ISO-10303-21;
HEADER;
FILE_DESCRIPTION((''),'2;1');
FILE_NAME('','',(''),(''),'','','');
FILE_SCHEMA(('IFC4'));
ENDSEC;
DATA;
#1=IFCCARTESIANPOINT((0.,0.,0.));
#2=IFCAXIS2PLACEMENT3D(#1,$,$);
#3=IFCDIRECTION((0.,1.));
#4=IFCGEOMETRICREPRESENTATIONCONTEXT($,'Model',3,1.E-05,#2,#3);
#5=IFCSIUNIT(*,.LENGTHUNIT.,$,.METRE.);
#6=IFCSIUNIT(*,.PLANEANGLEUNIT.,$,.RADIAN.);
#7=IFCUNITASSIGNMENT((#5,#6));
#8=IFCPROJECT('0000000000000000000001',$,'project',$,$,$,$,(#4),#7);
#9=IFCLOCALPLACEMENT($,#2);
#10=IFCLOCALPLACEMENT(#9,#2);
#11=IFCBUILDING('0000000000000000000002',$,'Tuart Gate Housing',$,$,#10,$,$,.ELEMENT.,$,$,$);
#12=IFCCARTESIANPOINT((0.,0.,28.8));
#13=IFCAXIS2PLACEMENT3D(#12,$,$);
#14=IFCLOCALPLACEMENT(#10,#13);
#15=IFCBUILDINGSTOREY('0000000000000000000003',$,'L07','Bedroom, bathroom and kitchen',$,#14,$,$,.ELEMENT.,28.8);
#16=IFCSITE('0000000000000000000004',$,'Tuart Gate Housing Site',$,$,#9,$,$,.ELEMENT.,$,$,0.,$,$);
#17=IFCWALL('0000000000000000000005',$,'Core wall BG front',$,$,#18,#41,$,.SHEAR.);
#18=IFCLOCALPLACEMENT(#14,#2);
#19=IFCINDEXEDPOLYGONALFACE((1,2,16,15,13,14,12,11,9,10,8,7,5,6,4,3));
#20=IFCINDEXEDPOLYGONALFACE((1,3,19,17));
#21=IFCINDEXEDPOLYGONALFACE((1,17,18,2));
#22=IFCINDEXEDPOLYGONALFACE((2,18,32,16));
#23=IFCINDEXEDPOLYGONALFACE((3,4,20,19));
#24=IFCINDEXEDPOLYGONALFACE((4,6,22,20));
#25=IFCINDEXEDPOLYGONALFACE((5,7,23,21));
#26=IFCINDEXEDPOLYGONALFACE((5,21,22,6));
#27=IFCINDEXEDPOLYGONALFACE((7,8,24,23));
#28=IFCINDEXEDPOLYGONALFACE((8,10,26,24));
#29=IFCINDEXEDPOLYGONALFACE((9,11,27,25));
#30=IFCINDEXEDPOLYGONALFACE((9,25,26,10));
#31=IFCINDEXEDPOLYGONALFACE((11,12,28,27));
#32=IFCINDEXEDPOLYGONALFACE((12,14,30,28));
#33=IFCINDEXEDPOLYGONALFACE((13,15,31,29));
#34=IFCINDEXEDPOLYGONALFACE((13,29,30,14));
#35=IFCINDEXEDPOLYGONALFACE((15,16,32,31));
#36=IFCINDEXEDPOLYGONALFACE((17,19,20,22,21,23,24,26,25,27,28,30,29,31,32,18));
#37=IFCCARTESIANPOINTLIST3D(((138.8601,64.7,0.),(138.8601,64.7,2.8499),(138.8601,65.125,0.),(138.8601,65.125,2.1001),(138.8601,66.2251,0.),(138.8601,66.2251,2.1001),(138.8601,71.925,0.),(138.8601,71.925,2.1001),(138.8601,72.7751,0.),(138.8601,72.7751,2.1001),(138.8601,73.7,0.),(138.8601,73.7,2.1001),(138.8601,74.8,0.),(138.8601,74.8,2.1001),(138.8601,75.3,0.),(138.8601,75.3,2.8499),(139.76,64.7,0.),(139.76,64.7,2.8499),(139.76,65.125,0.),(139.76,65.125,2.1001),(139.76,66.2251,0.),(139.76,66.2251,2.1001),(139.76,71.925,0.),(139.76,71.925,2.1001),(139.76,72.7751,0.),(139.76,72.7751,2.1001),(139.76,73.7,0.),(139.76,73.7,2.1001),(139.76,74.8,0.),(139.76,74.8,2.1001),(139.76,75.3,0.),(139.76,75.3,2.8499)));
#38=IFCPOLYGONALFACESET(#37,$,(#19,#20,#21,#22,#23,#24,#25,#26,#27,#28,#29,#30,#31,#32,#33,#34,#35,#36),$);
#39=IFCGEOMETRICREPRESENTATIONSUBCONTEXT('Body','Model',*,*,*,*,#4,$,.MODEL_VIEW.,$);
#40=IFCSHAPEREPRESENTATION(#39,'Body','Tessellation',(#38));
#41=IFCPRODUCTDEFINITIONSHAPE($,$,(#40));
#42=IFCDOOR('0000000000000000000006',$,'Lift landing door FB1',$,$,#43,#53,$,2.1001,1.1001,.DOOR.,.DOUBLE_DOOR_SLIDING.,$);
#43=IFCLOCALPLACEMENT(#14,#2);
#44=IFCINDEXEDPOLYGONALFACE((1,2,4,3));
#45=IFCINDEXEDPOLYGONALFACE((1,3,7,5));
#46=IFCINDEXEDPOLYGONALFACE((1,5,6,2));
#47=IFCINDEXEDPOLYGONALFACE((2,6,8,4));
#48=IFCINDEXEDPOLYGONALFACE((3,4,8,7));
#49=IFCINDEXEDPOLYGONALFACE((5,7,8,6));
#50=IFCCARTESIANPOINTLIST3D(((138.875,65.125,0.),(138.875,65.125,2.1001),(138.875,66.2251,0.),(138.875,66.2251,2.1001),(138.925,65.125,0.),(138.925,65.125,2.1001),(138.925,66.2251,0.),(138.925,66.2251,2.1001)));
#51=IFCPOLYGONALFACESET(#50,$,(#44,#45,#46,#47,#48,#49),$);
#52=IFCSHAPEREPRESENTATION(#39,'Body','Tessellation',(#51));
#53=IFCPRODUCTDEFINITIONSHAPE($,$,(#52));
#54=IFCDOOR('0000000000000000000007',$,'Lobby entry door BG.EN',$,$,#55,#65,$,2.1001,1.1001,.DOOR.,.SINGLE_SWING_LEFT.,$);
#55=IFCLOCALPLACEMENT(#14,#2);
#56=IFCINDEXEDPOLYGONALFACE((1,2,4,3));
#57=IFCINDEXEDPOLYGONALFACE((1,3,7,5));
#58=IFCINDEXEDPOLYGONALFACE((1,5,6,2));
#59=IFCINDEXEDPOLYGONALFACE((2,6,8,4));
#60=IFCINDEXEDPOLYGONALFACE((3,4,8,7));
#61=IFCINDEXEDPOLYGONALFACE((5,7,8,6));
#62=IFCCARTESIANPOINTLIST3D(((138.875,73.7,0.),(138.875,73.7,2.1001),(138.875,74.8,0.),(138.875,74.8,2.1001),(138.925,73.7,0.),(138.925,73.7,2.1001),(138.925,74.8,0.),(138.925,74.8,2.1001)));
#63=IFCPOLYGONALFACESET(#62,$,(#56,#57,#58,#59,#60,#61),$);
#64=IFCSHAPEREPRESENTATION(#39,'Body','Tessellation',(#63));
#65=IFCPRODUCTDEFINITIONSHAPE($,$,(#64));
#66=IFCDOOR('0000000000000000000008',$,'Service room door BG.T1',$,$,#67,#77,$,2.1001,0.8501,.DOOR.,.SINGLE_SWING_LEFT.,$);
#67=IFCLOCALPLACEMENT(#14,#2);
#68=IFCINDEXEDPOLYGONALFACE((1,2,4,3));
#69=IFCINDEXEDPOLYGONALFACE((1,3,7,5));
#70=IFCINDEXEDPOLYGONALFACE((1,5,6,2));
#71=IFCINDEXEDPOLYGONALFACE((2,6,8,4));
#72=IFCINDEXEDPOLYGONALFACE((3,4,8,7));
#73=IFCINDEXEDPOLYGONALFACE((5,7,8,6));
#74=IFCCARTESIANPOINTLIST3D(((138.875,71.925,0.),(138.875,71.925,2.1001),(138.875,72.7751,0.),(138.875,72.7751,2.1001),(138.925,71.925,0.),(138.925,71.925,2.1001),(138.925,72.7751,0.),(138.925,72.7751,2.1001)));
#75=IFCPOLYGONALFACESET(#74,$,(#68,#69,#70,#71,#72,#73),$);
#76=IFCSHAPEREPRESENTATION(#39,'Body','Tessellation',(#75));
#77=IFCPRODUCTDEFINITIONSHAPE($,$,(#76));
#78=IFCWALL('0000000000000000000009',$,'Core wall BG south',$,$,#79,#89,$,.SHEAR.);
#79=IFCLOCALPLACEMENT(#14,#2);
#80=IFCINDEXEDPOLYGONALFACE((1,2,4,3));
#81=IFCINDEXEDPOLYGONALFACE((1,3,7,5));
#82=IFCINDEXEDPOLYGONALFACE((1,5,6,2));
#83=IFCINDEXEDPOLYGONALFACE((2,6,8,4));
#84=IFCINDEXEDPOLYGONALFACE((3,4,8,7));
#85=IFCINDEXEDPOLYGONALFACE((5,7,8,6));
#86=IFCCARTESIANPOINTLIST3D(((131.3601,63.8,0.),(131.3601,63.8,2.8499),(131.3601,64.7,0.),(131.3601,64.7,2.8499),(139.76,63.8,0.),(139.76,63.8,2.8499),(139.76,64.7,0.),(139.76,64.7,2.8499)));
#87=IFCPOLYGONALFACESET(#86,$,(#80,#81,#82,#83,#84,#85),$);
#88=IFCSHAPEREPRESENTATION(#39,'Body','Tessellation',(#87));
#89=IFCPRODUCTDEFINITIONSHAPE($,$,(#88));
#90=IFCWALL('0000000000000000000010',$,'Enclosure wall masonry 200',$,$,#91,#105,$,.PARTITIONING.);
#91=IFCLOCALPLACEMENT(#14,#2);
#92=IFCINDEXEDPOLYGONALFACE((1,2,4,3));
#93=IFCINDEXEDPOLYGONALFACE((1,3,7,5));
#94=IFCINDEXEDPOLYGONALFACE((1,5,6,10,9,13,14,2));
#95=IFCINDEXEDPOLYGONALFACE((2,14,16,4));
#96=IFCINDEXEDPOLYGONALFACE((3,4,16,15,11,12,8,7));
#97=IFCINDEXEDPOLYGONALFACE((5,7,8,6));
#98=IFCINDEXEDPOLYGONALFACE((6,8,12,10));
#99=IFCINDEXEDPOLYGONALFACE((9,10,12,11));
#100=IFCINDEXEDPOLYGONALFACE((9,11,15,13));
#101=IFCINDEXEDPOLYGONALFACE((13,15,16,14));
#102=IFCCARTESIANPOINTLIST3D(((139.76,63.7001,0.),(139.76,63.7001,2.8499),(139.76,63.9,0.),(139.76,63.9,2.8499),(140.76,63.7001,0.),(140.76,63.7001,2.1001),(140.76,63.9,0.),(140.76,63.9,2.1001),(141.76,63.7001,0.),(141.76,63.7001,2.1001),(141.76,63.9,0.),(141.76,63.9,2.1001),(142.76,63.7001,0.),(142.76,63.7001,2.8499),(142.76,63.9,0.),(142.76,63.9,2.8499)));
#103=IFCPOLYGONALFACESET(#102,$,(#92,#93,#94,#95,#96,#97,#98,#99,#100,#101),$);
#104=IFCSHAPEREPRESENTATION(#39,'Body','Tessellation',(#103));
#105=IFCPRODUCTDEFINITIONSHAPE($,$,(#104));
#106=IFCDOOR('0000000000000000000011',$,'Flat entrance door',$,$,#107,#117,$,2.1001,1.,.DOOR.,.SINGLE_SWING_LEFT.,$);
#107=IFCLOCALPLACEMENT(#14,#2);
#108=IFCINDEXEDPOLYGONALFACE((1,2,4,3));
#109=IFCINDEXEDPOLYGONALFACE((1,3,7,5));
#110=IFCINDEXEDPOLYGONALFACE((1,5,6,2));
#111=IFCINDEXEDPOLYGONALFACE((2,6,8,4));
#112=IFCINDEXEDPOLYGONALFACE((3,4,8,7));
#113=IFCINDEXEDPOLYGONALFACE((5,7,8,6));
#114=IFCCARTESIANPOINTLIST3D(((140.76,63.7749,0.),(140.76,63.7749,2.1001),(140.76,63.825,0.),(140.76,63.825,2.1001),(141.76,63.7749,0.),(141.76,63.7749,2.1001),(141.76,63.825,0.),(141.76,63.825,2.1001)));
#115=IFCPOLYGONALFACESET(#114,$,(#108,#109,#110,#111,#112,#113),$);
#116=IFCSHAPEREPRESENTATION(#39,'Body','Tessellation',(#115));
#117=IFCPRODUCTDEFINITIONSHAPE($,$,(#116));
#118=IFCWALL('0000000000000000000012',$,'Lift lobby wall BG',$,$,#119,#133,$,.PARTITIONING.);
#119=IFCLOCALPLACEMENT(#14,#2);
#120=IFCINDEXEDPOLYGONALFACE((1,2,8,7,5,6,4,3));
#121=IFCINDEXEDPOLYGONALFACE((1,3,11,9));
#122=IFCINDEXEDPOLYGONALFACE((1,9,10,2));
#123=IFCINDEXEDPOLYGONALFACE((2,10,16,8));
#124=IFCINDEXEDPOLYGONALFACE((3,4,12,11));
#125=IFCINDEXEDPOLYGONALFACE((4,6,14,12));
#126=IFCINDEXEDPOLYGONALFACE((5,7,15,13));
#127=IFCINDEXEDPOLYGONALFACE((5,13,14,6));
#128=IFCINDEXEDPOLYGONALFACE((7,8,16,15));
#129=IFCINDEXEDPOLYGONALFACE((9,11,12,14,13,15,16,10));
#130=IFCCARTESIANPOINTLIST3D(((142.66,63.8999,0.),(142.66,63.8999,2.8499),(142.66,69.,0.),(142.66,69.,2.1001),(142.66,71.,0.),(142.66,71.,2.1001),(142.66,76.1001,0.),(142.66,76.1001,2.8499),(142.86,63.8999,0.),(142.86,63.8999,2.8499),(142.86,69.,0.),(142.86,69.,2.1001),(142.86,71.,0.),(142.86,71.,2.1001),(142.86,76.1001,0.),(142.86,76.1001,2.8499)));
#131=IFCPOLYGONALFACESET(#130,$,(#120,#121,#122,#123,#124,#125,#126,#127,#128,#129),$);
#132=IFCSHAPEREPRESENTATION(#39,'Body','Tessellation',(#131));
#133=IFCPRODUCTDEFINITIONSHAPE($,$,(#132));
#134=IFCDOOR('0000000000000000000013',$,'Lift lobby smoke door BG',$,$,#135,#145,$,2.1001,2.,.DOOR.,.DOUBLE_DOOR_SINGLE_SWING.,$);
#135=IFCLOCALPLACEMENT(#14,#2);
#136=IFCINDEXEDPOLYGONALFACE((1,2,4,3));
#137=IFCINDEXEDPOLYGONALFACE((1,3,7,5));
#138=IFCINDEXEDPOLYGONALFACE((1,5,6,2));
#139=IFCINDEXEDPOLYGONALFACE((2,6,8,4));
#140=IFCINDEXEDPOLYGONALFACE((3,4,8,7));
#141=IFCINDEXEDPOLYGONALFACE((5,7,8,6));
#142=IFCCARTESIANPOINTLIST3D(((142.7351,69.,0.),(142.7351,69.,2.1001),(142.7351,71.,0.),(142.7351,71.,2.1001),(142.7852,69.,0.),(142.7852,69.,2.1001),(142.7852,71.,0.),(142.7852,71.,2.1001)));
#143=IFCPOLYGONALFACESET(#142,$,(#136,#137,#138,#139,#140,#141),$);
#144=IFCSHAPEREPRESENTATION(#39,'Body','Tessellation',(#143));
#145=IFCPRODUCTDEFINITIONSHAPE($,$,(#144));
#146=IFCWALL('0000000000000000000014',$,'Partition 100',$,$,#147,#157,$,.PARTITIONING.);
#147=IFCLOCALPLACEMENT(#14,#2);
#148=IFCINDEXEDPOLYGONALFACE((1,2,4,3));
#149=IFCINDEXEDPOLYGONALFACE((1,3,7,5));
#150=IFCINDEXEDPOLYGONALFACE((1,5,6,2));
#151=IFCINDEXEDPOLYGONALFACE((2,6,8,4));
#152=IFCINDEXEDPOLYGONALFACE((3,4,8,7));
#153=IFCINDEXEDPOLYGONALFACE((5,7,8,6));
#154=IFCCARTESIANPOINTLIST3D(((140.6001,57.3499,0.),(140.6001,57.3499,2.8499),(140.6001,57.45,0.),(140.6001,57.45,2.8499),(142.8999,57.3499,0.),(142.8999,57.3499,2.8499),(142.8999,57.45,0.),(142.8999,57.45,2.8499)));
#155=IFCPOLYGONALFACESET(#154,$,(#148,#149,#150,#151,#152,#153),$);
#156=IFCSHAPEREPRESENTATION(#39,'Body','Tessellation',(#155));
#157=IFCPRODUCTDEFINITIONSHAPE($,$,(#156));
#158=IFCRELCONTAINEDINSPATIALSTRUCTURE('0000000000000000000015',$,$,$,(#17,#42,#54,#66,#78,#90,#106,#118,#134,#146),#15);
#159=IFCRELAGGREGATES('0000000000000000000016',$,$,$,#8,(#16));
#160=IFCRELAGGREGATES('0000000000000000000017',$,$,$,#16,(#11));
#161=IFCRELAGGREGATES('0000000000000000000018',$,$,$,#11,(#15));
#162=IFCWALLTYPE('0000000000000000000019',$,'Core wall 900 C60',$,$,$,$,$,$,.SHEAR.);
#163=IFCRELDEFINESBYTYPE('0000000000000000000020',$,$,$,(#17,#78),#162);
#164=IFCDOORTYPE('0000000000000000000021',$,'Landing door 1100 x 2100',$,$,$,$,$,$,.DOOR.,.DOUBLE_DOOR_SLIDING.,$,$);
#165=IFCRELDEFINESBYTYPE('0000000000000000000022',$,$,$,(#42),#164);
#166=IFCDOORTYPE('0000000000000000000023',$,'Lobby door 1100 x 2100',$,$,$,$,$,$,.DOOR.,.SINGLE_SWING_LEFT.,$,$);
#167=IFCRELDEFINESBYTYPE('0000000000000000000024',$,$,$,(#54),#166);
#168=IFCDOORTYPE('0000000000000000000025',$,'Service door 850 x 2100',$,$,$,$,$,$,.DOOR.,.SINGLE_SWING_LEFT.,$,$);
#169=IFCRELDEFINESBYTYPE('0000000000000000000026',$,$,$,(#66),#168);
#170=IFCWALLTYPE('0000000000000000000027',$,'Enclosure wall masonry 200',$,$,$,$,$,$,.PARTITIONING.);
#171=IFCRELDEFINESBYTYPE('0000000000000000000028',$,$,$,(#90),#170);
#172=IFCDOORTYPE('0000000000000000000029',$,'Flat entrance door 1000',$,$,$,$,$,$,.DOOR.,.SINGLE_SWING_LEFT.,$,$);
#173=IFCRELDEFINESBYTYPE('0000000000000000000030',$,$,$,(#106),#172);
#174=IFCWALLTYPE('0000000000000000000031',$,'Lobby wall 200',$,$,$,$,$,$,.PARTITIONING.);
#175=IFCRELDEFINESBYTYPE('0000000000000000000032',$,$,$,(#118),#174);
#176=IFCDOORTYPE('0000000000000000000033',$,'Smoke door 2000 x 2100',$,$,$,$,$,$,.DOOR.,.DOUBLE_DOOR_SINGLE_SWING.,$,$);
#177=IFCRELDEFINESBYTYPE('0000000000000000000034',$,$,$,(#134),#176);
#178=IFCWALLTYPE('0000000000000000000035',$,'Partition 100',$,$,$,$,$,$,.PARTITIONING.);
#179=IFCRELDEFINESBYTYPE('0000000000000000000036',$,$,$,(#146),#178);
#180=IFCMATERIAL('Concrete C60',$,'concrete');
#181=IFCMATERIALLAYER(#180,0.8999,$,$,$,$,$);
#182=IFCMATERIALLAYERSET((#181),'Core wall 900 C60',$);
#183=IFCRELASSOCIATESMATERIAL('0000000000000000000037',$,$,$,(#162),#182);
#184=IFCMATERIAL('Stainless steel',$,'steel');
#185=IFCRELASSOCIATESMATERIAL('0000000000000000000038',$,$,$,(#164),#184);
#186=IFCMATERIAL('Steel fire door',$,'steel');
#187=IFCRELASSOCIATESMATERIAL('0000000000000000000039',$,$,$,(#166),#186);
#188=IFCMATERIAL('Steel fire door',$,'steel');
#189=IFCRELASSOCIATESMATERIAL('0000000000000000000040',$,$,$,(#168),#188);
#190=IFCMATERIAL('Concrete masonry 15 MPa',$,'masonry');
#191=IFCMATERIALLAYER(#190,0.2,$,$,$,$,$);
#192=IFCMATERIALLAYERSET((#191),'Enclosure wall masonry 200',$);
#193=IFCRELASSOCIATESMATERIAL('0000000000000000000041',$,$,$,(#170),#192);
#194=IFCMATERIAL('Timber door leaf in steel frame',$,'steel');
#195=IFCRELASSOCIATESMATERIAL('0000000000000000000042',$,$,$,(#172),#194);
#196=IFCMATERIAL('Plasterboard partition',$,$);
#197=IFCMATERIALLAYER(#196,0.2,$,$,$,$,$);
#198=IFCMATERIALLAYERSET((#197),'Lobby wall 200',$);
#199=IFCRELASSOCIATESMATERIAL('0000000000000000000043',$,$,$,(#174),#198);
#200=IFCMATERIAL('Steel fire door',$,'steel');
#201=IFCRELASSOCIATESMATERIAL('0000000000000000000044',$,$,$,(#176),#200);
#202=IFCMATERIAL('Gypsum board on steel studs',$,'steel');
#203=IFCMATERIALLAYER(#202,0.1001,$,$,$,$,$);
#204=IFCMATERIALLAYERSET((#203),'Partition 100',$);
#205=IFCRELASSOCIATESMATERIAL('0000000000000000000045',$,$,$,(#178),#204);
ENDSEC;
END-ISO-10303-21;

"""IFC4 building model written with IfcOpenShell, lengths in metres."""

from ifc_helpers import new_model, si_unit, direction, frame, frame_2d, origin, place, context, subcontext, project, spatial, rectangle, extrude, material, layer, layer_set, type_object, element, fill, save


model = new_model("IFC4")

# Units and contexts
model_context = context("Model", 3, precision=1e-05, world=origin(), true_north=direction((0.0, 1.0)))
body_context = subcontext(model_context, "Body", "Model", "MODEL_VIEW")
ifc_project = project(units=[si_unit("LENGTHUNIT", "METRE"), si_unit("PLANEANGLEUNIT", "RADIAN")], contexts=[model_context])

# Site, building, storey
site_placement = place(None, origin())
site = spatial("IfcSite", under=ifc_project, at=site_placement, Name="Tuart Gate Housing Site", CompositionType="ELEMENT", RefElevation=0.0)
building_placement = place(site_placement, origin())
building = spatial("IfcBuilding", under=site, at=building_placement, Name="Tuart Gate Housing", CompositionType="ELEMENT")
storey_placement = place(building_placement, frame((0.0, 0.0, 28.8)))
storey = spatial("IfcBuildingStorey", under=building, at=storey_placement, Name="L07", Description="Bedroom, bathroom and kitchen", CompositionType="ELEMENT", Elevation=28.8)

# Wall, openings, doors
ifc_material_1 = material(Name="Concrete C60", Category="concrete")
ifc_layer_1 = layer(ifc_material_1, 0.8999)
ifc_layer_set_1 = layer_set([ifc_layer_1], Name="Core wall 900 C60")
wall_type_1 = type_object("IfcWallType", Name="Core wall 900 C60", PredefinedType="SHEAR", material=ifc_layer_set_1)
wall_1_placement = place(storey_placement, frame((139.3101, 64.7, 0.0), z_axis=(0.0, 0.0, 1.0), x_axis=(0.0, 1.0, 0.0)))
wall_1 = element("IfcWall", 1, at=wall_1_placement, inside=storey, type_object=wall_type_1, Name="Core wall BG front", PredefinedType="SHEAR", context=body_context, shape_type="SweptSolid", body=[
    extrude(rectangle(XDim=10.6001, YDim=0.8999, at=frame_2d((5.3, 0.0))), origin(), (0.0, 0.0, 1.0), 2.8499),
])
opening_1_placement = place(wall_1_placement, frame((0.425, 0.0, 0.0)))
opening_1 = element("IfcOpeningElement", 2, at=opening_1_placement, cuts=wall_1, PredefinedType="OPENING", context=body_context, shape_type="SweptSolid", body=[
    extrude(rectangle(XDim=1.1001, YDim=2.1001, at=frame_2d((0.55, 1.05))), frame((0.0, 0.46, 0.0), z_axis=(0.0, -1.0, 0.0), x_axis=(1.0, 0.0, 0.0)), (0.0, 0.0, 1.0), 0.9199),
])
opening_2_placement = place(wall_1_placement, frame((9.0, 0.0, 0.0)))
opening_2 = element("IfcOpeningElement", 3, at=opening_2_placement, cuts=wall_1, PredefinedType="OPENING", context=body_context, shape_type="SweptSolid", body=[
    extrude(rectangle(XDim=1.1001, YDim=2.1001, at=frame_2d((0.55, 1.05))), frame((0.0, 0.46, 0.0), z_axis=(0.0, -1.0, 0.0), x_axis=(1.0, 0.0, 0.0)), (0.0, 0.0, 1.0), 0.9199),
])
opening_3_placement = place(wall_1_placement, frame((7.2251, 0.0, 0.0)))
opening_3 = element("IfcOpeningElement", 4, at=opening_3_placement, cuts=wall_1, PredefinedType="OPENING", context=body_context, shape_type="SweptSolid", body=[
    extrude(rectangle(XDim=0.8501, YDim=2.1001, at=frame_2d((0.425, 1.05))), frame((0.0, 0.46, 0.0), z_axis=(0.0, -1.0, 0.0), x_axis=(1.0, 0.0, 0.0)), (0.0, 0.0, 1.0), 0.9199),
])
ifc_material_2 = material(Name="Stainless steel", Category="steel")
door_type_1 = type_object("IfcDoorType", Name="Landing door 1100 x 2100", OperationType="DOUBLE_DOOR_SLIDING", PredefinedType="DOOR", material=ifc_material_2)
door_1_placement = place(opening_1_placement, origin())
door_1 = element("IfcDoor", 5, at=door_1_placement, inside=storey, type_object=door_type_1, Name="Lift landing door FB1", OperationType="DOUBLE_DOOR_SLIDING", OverallHeight=2.1001, OverallWidth=1.1001, PredefinedType="DOOR", context=body_context, shape_type="SweptSolid", body=[
    extrude(rectangle(XDim=1.1001, YDim=2.1001, at=frame_2d((0.55, 1.05))), frame((0.0, 0.4351, 0.0), z_axis=(0.0, -1.0, 0.0), x_axis=(1.0, 0.0, 0.0)), (0.0, 0.0, 1.0), 0.05),
])
fill(opening_1, door_1)
ifc_material_3 = material(Name="Steel fire door", Category="steel")
door_type_2 = type_object("IfcDoorType", Name="Lobby door 1100 x 2100", OperationType="SINGLE_SWING_LEFT", PredefinedType="DOOR", material=ifc_material_3)
door_2_placement = place(opening_2_placement, origin())
door_2 = element("IfcDoor", 6, at=door_2_placement, inside=storey, type_object=door_type_2, Name="Lobby entry door BG.EN", OperationType="SINGLE_SWING_LEFT", OverallHeight=2.1001, OverallWidth=1.1001, PredefinedType="DOOR", context=body_context, shape_type="SweptSolid", body=[
    extrude(rectangle(XDim=1.1001, YDim=2.1001, at=frame_2d((0.55, 1.05))), frame((0.0, 0.4351, 0.0), z_axis=(0.0, -1.0, 0.0), x_axis=(1.0, 0.0, 0.0)), (0.0, 0.0, 1.0), 0.05),
])
fill(opening_2, door_2)
ifc_material_4 = material(Name="Steel fire door", Category="steel")
door_type_3 = type_object("IfcDoorType", Name="Service door 850 x 2100", OperationType="SINGLE_SWING_LEFT", PredefinedType="DOOR", material=ifc_material_4)
door_3_placement = place(opening_3_placement, origin())
door_3 = element("IfcDoor", 7, at=door_3_placement, inside=storey, type_object=door_type_3, Name="Service room door BG.T1", OperationType="SINGLE_SWING_LEFT", OverallHeight=2.1001, OverallWidth=0.8501, PredefinedType="DOOR", context=body_context, shape_type="SweptSolid", body=[
    extrude(rectangle(XDim=0.8501, YDim=2.1001, at=frame_2d((0.425, 1.05))), frame((0.0, 0.4351, 0.0), z_axis=(0.0, -1.0, 0.0), x_axis=(1.0, 0.0, 0.0)), (0.0, 0.0, 1.0), 0.05),
])
fill(opening_3, door_3)

# Wall
wall_2_placement = place(storey_placement, frame((139.76, 64.25, 0.0), z_axis=(0.0, 0.0, 1.0), x_axis=(-1.0, 0.0, 0.0)))
element("IfcWall", 8, at=wall_2_placement, inside=storey, type_object=wall_type_1, Name="Core wall BG south", PredefinedType="SHEAR", context=body_context, shape_type="SweptSolid", body=[
    extrude(rectangle(XDim=8.3999, YDim=0.8999, at=frame_2d((4.2, 0.0))), origin(), (0.0, 0.0, 1.0), 2.8499),
])

# Walls, openings, doors
ifc_material_5 = material(Name="Concrete masonry 15 MPa", Category="masonry")
ifc_layer_2 = layer(ifc_material_5, 0.2)
ifc_layer_set_2 = layer_set([ifc_layer_2], Name="Enclosure wall masonry 200")
wall_type_2 = type_object("IfcWallType", Name="Enclosure wall masonry 200", PredefinedType="PARTITIONING", material=ifc_layer_set_2)
wall_3_placement = place(storey_placement, frame((139.76, 63.8, 0.0), z_axis=(0.0, 0.0, 1.0), x_axis=(1.0, 0.0, 0.0)))
wall_3 = element("IfcWall", 9, at=wall_3_placement, inside=storey, type_object=wall_type_2, Name="Enclosure wall masonry 200", PredefinedType="PARTITIONING", context=body_context, shape_type="SweptSolid", body=[
    extrude(rectangle(XDim=3.0, YDim=0.2, at=frame_2d((1.5, 0.0))), origin(), (0.0, 0.0, 1.0), 2.8499),
])
opening_4_placement = place(wall_3_placement, frame((1.0, 0.0, 0.0)))
opening_4 = element("IfcOpeningElement", 10, at=opening_4_placement, cuts=wall_3, PredefinedType="OPENING", context=body_context, shape_type="SweptSolid", body=[
    extrude(rectangle(XDim=1.0, YDim=2.1001, at=frame_2d((0.5, 1.05))), frame((0.0, 0.1099, 0.0), z_axis=(0.0, -1.0, 0.0), x_axis=(1.0, 0.0, 0.0)), (0.0, 0.0, 1.0), 0.22),
])
ifc_material_6 = material(Name="Timber door leaf in steel frame", Category="steel")
door_type_4 = type_object("IfcDoorType", Name="Flat entrance door 1000", OperationType="SINGLE_SWING_LEFT", PredefinedType="DOOR", material=ifc_material_6)
door_4_placement = place(opening_4_placement, frame((1.0, 0.0, 0.0), z_axis=(0.0, 0.0, 1.0), x_axis=(-1.0, 0.0, 0.0)))
door_4 = element("IfcDoor", 11, at=door_4_placement, inside=storey, type_object=door_type_4, Name="Flat entrance door", OperationType="SINGLE_SWING_LEFT", OverallHeight=2.1001, OverallWidth=1.0, PredefinedType="DOOR", context=body_context, shape_type="SweptSolid", body=[
    extrude(rectangle(XDim=1.0, YDim=2.1001, at=frame_2d((0.5, 1.05))), frame((0.0, 0.0251, 0.0), z_axis=(0.0, -1.0, 0.0), x_axis=(1.0, 0.0, 0.0)), (0.0, 0.0, 1.0), 0.05),
])
fill(opening_4, door_4)
ifc_material_7 = material(Name="Plasterboard partition")
ifc_layer_3 = layer(ifc_material_7, 0.2)
ifc_layer_set_3 = layer_set([ifc_layer_3], Name="Lobby wall 200")
wall_type_3 = type_object("IfcWallType", Name="Lobby wall 200", PredefinedType="PARTITIONING", material=ifc_layer_set_3)
wall_4_placement = place(storey_placement, frame((142.76, 63.8999, 0.0), z_axis=(0.0, 0.0, 1.0), x_axis=(0.0, 1.0, 0.0)))
wall_4 = element("IfcWall", 12, at=wall_4_placement, inside=storey, type_object=wall_type_3, Name="Lift lobby wall BG", PredefinedType="PARTITIONING", context=body_context, shape_type="SweptSolid", body=[
    extrude(rectangle(XDim=12.2002, YDim=0.2, at=frame_2d((6.1001, 0.0))), origin(), (0.0, 0.0, 1.0), 2.8499),
])
opening_5_placement = place(wall_4_placement, frame((5.1001, 0.0, 0.0)))
opening_5 = element("IfcOpeningElement", 13, at=opening_5_placement, cuts=wall_4, PredefinedType="OPENING", context=body_context, shape_type="SweptSolid", body=[
    extrude(rectangle(XDim=2.0, YDim=2.1001, at=frame_2d((1.0, 1.05))), frame((0.0, 0.1099, 0.0), z_axis=(0.0, -1.0, 0.0), x_axis=(1.0, 0.0, 0.0)), (0.0, 0.0, 1.0), 0.22),
])
ifc_material_8 = material(Name="Steel fire door", Category="steel")
door_type_5 = type_object("IfcDoorType", Name="Smoke door 2000 x 2100", OperationType="DOUBLE_DOOR_SINGLE_SWING", PredefinedType="DOOR", material=ifc_material_8)
door_5_placement = place(opening_5_placement, origin())
door_5 = element("IfcDoor", 14, at=door_5_placement, inside=storey, type_object=door_type_5, Name="Lift lobby smoke door BG", OperationType="DOUBLE_DOOR_SINGLE_SWING", OverallHeight=2.1001, OverallWidth=2.0, PredefinedType="DOOR", context=body_context, shape_type="SweptSolid", body=[
    extrude(rectangle(XDim=2.0, YDim=2.1001, at=frame_2d((1.0, 1.05))), frame((0.0, 0.0249, 0.0), z_axis=(0.0, -1.0, 0.0), x_axis=(1.0, 0.0, 0.0)), (0.0, 0.0, 1.0), 0.05),
])
fill(opening_5, door_5)

# Wall
ifc_material_9 = material(Name="Gypsum board on steel studs", Category="steel")
ifc_layer_4 = layer(ifc_material_9, 0.1001)
ifc_layer_set_4 = layer_set([ifc_layer_4], Name="Partition 100")
wall_type_4 = type_object("IfcWallType", Name="Partition 100", PredefinedType="PARTITIONING", material=ifc_layer_set_4)
wall_5_placement = place(storey_placement, frame((140.6001, 57.3999, 0.0), z_axis=(0.0, 0.0, 1.0), x_axis=(1.0, 0.0, 0.0)))
element("IfcWall", 15, at=wall_5_placement, inside=storey, type_object=wall_type_4, Name="Partition 100", PredefinedType="PARTITIONING", context=body_context, shape_type="SweptSolid", body=[
    extrude(rectangle(XDim=2.2998, YDim=0.1001, at=frame_2d((1.1499, 0.0))), origin(), (0.0, 0.0, 1.0), 2.8499),
])

save(model, "model.ifc")
